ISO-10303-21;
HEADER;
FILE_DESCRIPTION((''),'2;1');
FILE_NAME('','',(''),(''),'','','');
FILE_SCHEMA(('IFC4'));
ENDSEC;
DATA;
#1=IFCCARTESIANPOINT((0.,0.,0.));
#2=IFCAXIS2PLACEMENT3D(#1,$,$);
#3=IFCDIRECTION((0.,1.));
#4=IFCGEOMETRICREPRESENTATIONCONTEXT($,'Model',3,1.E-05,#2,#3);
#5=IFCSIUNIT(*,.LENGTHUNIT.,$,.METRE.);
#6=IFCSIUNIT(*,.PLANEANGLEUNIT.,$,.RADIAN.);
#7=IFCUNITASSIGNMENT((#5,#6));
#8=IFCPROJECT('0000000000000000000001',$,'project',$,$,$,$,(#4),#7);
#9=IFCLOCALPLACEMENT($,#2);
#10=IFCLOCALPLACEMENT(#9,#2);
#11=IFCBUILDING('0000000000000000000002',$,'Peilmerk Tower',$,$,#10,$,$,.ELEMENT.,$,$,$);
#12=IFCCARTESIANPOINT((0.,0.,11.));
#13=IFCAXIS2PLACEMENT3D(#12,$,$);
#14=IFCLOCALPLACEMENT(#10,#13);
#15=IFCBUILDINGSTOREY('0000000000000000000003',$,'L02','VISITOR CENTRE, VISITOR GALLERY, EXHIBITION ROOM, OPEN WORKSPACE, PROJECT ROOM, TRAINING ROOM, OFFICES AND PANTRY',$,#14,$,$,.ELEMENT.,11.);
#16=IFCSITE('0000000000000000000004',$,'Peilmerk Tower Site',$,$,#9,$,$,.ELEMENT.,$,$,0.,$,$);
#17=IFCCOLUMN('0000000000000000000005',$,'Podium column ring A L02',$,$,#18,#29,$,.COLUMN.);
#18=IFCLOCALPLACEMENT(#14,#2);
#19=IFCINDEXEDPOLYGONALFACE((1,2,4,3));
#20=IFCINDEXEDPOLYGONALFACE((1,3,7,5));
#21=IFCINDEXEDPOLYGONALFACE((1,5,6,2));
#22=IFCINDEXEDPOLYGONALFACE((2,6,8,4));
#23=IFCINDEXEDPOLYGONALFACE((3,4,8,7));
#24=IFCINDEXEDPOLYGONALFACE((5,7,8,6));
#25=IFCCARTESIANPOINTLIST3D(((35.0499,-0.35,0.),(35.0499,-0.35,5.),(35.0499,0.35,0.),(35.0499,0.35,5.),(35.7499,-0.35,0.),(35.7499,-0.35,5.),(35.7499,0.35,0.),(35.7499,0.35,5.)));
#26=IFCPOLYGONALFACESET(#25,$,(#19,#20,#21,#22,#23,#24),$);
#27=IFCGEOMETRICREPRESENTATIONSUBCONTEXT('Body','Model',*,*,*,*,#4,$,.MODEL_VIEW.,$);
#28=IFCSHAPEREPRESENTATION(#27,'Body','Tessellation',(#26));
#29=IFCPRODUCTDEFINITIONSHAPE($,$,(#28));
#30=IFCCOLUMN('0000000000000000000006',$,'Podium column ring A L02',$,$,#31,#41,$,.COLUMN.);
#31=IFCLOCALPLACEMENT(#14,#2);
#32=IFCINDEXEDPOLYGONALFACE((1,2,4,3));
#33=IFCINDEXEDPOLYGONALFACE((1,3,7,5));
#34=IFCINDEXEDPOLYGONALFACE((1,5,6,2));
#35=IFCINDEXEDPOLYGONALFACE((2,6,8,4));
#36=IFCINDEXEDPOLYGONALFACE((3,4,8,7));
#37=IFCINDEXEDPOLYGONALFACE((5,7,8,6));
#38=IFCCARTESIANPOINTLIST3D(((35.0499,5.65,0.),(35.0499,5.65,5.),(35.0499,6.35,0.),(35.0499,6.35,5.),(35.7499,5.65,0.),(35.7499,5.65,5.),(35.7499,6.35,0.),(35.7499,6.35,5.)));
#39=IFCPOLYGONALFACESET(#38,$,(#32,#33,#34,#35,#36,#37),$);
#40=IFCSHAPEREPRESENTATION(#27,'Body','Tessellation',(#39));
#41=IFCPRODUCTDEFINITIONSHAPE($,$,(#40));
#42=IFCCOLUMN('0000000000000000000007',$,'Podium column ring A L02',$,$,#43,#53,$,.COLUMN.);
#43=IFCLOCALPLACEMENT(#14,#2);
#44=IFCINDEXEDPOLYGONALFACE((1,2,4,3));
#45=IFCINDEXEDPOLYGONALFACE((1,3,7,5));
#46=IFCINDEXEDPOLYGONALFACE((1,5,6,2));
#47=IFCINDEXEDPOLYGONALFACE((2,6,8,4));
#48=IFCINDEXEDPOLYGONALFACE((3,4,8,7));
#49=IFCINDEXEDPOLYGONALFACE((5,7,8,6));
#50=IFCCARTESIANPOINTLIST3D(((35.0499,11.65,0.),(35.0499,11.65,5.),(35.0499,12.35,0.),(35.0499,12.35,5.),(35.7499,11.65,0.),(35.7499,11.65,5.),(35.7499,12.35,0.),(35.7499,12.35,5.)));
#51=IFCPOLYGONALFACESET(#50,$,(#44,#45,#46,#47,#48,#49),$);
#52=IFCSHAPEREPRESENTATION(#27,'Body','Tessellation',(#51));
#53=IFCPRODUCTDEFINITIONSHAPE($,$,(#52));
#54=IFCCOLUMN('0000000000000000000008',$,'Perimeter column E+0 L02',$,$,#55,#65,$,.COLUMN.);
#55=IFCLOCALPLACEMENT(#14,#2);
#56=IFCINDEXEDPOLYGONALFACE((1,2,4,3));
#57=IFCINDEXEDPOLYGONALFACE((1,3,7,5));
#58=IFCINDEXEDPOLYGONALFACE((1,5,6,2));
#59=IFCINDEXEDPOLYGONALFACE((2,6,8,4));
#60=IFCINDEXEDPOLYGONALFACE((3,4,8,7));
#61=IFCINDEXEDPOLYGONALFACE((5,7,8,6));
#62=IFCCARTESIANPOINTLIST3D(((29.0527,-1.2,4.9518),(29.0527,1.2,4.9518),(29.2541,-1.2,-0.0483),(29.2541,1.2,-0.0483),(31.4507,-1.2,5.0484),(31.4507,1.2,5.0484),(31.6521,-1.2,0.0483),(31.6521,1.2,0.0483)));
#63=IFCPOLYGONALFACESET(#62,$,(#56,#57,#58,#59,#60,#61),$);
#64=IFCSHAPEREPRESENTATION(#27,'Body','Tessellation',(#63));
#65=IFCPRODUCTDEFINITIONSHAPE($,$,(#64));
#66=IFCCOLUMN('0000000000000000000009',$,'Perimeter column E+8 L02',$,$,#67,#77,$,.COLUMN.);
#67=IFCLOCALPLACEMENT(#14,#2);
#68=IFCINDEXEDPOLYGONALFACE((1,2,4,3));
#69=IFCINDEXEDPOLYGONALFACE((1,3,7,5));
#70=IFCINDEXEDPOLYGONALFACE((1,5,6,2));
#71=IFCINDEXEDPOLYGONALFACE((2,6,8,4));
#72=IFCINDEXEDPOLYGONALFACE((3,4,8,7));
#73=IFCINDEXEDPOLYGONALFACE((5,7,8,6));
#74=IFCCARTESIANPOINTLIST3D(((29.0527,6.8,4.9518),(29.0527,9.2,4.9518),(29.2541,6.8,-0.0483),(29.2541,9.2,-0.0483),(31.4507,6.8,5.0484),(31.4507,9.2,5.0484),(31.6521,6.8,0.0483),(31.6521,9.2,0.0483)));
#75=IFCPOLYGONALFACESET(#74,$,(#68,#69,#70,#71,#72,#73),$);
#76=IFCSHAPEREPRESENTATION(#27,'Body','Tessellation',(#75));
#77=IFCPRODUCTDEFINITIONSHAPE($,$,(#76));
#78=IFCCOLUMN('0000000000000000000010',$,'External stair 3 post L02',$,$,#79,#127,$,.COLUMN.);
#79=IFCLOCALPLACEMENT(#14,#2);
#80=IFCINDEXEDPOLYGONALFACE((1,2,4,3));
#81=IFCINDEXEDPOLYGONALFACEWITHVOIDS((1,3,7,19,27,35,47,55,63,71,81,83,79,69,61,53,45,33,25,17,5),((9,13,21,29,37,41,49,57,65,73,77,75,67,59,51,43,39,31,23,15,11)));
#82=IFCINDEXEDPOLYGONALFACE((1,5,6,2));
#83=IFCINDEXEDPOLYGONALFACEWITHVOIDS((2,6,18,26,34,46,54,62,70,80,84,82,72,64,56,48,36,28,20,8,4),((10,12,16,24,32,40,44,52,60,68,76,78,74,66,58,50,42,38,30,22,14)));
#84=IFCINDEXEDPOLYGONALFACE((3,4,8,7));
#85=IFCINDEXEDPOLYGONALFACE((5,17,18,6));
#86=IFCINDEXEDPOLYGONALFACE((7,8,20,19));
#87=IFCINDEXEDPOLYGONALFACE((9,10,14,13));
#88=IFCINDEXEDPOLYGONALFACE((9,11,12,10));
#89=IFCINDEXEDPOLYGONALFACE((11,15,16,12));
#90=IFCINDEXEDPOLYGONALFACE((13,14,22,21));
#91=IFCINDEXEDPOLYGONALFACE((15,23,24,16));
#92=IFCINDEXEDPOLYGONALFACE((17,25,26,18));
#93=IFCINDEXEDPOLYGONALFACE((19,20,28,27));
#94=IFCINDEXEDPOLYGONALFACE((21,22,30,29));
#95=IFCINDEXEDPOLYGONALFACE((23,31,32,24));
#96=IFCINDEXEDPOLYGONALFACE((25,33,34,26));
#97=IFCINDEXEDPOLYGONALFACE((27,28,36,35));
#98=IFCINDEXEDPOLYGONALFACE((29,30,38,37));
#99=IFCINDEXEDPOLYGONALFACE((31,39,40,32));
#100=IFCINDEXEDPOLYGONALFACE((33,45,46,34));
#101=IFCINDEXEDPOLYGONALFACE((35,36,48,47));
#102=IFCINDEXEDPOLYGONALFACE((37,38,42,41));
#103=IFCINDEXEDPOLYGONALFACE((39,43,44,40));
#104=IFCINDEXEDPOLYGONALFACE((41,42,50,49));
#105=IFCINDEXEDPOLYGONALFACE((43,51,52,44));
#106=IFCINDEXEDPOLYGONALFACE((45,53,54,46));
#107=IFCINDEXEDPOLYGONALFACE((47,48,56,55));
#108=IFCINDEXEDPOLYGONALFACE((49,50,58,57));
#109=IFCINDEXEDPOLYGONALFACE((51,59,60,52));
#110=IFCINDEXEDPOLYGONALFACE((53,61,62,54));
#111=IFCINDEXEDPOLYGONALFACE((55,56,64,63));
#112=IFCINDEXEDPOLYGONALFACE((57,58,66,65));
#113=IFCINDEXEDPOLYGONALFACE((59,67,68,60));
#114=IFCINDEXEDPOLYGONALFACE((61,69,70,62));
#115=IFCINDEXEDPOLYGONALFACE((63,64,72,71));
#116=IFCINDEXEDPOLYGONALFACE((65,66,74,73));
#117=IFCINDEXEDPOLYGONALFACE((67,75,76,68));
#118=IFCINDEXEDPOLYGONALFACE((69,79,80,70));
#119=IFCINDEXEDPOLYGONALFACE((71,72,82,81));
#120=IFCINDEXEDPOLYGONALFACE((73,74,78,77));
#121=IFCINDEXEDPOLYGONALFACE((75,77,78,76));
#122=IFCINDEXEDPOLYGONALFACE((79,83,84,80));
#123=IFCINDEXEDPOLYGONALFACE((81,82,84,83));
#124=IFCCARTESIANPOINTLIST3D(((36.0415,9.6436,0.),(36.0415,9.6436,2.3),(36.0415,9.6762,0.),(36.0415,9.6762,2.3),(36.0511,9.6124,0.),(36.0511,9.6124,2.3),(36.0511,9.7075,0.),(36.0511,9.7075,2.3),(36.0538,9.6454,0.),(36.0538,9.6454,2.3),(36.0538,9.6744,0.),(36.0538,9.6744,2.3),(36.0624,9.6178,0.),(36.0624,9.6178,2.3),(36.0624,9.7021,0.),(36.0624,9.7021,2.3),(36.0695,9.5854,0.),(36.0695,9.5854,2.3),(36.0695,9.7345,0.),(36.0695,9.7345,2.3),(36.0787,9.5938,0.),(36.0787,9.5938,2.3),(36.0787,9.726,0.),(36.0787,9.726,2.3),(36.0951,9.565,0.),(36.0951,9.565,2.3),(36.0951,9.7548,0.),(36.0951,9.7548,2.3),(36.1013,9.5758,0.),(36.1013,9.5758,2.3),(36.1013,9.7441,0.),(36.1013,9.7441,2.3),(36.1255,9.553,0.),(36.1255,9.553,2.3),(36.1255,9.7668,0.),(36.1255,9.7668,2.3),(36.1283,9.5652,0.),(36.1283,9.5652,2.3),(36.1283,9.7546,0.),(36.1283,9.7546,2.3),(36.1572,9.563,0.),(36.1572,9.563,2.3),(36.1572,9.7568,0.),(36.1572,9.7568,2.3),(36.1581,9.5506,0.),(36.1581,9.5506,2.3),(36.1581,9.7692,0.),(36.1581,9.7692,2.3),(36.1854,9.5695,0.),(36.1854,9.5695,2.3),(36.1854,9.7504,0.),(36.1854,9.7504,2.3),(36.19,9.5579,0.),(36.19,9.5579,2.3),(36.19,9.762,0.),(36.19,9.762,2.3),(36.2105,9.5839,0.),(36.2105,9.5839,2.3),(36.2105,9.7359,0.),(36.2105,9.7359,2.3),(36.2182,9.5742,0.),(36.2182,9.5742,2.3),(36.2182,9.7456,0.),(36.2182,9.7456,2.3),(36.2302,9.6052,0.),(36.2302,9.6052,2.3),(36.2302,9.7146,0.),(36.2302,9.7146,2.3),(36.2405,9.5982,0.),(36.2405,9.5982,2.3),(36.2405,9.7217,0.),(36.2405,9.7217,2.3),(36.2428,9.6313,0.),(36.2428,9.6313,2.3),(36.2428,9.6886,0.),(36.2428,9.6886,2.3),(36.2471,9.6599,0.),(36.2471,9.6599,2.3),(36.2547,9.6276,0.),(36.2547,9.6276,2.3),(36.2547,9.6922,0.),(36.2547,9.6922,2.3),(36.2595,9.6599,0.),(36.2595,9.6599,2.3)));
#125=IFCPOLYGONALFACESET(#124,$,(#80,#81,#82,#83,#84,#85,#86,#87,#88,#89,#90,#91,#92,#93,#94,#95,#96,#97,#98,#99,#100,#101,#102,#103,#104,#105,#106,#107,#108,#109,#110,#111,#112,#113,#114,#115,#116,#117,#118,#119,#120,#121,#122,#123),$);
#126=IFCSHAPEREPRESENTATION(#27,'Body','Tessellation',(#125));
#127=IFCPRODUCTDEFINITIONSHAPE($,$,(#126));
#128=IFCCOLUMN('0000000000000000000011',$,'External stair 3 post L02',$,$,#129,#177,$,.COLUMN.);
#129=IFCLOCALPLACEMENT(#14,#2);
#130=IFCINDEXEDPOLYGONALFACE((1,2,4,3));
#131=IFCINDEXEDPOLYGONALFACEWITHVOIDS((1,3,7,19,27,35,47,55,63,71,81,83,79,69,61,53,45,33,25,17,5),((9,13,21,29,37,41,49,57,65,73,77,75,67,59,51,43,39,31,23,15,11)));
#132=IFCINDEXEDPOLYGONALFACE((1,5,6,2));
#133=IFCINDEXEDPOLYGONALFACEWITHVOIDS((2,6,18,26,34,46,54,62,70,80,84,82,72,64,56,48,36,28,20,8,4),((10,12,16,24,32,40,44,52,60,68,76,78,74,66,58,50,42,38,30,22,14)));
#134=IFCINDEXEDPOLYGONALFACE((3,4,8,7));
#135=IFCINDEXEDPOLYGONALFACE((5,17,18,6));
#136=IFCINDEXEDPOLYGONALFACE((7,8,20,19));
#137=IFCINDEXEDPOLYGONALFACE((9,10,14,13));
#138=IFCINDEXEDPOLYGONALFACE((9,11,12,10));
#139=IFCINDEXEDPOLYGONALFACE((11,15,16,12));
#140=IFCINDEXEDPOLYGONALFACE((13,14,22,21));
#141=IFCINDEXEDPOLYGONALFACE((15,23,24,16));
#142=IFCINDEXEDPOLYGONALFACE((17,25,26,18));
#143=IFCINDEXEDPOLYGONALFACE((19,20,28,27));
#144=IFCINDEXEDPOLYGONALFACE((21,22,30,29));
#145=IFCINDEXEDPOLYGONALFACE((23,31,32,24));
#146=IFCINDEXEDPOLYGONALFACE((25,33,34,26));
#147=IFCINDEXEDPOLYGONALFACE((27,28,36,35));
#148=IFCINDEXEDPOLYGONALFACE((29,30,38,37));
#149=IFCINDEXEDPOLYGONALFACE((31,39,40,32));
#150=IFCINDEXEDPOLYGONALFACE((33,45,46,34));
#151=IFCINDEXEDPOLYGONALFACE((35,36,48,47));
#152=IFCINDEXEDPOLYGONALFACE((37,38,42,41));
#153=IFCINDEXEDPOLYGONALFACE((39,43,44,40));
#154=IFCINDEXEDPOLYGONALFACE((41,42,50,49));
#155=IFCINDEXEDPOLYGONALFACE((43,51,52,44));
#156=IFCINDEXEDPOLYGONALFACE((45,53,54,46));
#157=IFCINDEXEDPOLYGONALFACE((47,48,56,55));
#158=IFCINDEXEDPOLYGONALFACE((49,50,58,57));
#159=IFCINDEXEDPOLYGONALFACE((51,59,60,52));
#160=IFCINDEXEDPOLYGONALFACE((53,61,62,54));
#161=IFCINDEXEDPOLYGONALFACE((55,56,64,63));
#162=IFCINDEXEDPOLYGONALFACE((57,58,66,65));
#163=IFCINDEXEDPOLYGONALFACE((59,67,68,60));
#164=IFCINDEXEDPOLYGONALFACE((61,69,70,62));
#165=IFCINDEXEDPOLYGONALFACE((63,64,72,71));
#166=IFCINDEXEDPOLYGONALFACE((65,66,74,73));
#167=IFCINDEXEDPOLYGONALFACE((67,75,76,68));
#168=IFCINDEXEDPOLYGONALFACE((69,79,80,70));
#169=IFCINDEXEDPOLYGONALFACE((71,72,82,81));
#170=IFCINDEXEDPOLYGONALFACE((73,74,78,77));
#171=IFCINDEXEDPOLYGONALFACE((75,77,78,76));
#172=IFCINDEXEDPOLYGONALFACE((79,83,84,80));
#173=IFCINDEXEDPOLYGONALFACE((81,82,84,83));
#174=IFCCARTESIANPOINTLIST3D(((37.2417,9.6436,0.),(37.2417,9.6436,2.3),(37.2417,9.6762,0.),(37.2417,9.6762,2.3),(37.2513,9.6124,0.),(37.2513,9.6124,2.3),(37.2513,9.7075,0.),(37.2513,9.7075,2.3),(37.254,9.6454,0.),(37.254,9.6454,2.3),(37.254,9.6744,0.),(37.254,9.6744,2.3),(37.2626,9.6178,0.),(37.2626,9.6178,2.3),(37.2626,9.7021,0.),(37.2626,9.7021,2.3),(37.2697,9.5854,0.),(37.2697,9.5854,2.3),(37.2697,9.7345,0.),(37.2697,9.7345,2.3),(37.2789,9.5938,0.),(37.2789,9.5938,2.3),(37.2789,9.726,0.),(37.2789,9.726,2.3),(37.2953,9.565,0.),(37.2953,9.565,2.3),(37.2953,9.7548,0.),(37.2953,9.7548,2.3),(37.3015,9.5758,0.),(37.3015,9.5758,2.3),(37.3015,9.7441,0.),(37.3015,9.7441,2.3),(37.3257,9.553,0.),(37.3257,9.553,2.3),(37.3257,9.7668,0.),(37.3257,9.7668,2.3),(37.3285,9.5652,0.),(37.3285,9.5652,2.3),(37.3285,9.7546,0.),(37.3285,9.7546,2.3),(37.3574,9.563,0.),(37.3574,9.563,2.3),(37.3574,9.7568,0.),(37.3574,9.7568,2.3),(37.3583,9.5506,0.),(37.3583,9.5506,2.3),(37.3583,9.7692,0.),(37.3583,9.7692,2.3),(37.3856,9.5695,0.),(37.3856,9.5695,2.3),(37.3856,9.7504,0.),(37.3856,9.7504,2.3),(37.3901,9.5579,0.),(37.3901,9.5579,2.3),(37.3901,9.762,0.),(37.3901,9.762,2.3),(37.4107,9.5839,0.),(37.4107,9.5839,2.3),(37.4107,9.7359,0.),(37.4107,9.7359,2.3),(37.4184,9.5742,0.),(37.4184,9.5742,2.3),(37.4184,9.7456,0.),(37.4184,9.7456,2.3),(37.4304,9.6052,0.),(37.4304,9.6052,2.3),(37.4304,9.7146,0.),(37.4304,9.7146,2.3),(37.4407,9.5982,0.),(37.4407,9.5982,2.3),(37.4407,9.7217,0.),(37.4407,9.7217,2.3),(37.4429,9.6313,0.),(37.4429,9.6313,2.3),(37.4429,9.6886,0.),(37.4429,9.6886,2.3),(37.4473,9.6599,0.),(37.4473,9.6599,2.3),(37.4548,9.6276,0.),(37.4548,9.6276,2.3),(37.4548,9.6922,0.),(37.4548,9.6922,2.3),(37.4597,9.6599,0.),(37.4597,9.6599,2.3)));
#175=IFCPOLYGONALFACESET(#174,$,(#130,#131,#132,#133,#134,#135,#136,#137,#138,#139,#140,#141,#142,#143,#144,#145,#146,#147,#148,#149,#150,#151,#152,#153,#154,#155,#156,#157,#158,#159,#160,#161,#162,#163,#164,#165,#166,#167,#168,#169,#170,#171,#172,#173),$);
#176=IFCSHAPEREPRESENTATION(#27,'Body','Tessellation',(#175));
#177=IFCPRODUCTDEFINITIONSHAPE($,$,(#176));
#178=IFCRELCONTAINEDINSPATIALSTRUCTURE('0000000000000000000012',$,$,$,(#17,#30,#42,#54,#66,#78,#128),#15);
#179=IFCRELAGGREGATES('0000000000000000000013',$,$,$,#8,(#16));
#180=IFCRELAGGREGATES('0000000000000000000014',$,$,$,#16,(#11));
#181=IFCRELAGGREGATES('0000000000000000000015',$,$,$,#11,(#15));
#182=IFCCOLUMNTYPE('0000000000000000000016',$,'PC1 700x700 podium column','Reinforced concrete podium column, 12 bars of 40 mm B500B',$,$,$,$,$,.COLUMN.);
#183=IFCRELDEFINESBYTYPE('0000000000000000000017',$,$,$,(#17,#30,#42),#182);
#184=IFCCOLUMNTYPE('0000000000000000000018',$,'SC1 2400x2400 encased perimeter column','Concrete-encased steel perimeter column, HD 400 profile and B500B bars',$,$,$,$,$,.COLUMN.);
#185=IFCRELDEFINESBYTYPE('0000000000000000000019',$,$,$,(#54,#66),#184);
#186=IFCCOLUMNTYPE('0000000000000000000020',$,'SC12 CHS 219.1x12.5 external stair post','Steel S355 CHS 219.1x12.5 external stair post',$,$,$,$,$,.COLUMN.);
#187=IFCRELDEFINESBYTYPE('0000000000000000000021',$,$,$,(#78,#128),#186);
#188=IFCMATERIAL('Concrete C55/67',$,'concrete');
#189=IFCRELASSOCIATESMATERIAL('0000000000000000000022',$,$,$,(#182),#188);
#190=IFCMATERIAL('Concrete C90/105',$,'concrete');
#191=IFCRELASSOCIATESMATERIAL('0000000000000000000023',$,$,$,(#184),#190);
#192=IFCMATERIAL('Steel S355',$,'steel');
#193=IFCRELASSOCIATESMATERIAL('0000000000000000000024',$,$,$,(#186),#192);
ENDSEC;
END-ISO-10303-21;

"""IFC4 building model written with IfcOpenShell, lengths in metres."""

from ifc_helpers import new_model, si_unit, direction, frame, origin, origin_2d, place, context, subcontext, project, spatial, rectangle, hollow_circle, extrude, material, material_profile, profile_set, type_object, element, save


model = new_model("IFC4")

# Units and contexts
model_context = context("Model", 3, precision=1e-05, world=origin(), true_north=direction((0.0, 1.0)))
body_context = subcontext(model_context, "Body", "Model", "MODEL_VIEW")
ifc_project = project(units=[si_unit("LENGTHUNIT", "METRE"), si_unit("PLANEANGLEUNIT", "RADIAN")], contexts=[model_context])

# Site, building, storey
site_placement = place(None, origin())
site = spatial("IfcSite", under=ifc_project, at=site_placement, Name="Peilmerk Tower Site", CompositionType="ELEMENT", RefElevation=0.0)
building_placement = place(site_placement, origin())
building = spatial("IfcBuilding", under=site, at=building_placement, Name="Peilmerk Tower", CompositionType="ELEMENT")
storey_placement = place(building_placement, frame((0.0, 0.0, 11.0)))
storey = spatial("IfcBuildingStorey", under=building, at=storey_placement, Name="L02", Description="VISITOR CENTRE, VISITOR GALLERY, EXHIBITION ROOM, OPEN WORKSPACE, PROJECT ROOM, TRAINING ROOM, OFFICES AND PANTRY", CompositionType="ELEMENT", Elevation=11.0)

# Columns
ifc_material_1 = material(Name="Concrete C55/67", Category="concrete")
ifc_material_profile_1 = material_profile(ifc_material_1, rectangle(XDim=0.7, YDim=0.7, at=origin_2d()), Name="RC 700x700")
ifc_profile_set_1 = profile_set([ifc_material_profile_1], Name="Concrete C55/67")
column_type_1 = type_object("IfcColumnType", Name="PC1 700x700 podium column", Description="Reinforced concrete podium column, 12 bars of 40 mm B500B", PredefinedType="COLUMN", material=ifc_profile_set_1)
for number, where, z_axis, x_axis, name in (
    (1, (35.3999, 0.0, 0.0), (0.0, 0.0, 1.0), (1.0, 0.0, 0.0), "Podium column ring A L02"),
    (2, (35.3999, 6.0, 0.0), (0.0, 0.0, 1.0), (1.0, 0.0, 0.0), "Podium column ring A L02"),
    (3, (35.3999, 12.0, 0.0), (0.0, 0.0, 1.0), (1.0, 0.0, 0.0), "Podium column ring A L02"),
):
    element("IfcColumn", number, at=place(storey_placement, frame(where, z_axis=z_axis, x_axis=x_axis)), inside=storey, type_object=column_type_1, Name=name, PredefinedType="COLUMN", context=body_context, shape_type="SweptSolid", body=[
        extrude(rectangle(XDim=0.7, YDim=0.7, at=origin_2d()), origin(), (0.0, 0.0, 1.0), 5.0),
    ])
ifc_material_2 = material(Name="Concrete C90/105", Category="concrete")
ifc_material_profile_2 = material_profile(ifc_material_2, rectangle(XDim=2.3999, YDim=2.3999, at=origin_2d()), Name="RC 2400x2400")
ifc_profile_set_2 = profile_set([ifc_material_profile_2], Name="Concrete C90/105")
column_type_2 = type_object("IfcColumnType", Name="SC1 2400x2400 encased perimeter column", Description="Concrete-encased steel perimeter column, HD 400 profile and B500B bars", PredefinedType="COLUMN", material=ifc_profile_set_2)
for number, where, z_axis, x_axis, name in (
    (4, (30.4531, 0.0, 0.0), (-0.040251, 0.0, 0.99919), (0.0, -1.0, 0.0), "Perimeter column E+0 L02"),
    (5, (30.4531, 8.0, 0.0), (-0.040251, 0.0, 0.99919), (0.0, -1.0, 0.0), "Perimeter column E+8 L02"),
):
    element("IfcColumn", number, at=place(storey_placement, frame(where, z_axis=z_axis, x_axis=x_axis)), inside=storey, type_object=column_type_2, Name=name, PredefinedType="COLUMN", context=body_context, shape_type="SweptSolid", body=[
        extrude(rectangle(XDim=2.3999, YDim=2.3999, at=origin_2d()), origin(), (0.0, 0.0, 1.0), 5.0042),
    ])
ifc_material_3 = material(Name="Steel S355", Category="steel")
ifc_material_profile_3 = material_profile(ifc_material_3, hollow_circle(Radius=0.1096, WallThickness=0.0125, at=origin_2d()), Name="CHS 219.1x12.5")
ifc_profile_set_3 = profile_set([ifc_material_profile_3], Name="Steel S355")
column_type_3 = type_object("IfcColumnType", Name="SC12 CHS 219.1x12.5 external stair post", Description="Steel S355 CHS 219.1x12.5 external stair post", PredefinedType="COLUMN", material=ifc_profile_set_3)
for number, where, z_axis, x_axis, name in (
    (6, (36.1499, 9.6599, 0.0), (0.0, 0.0, 1.0), (1.0, 0.0, 0.0), "External stair 3 post L02"),
    (7, (37.3501, 9.6599, 0.0), (0.0, 0.0, 1.0), (1.0, 0.0, 0.0), "External stair 3 post L02"),
):
    element("IfcColumn", number, at=place(storey_placement, frame(where, z_axis=z_axis, x_axis=x_axis)), inside=storey, type_object=column_type_3, Name=name, PredefinedType="COLUMN", context=body_context, shape_type="SweptSolid", body=[
        extrude(hollow_circle(Radius=0.1096, WallThickness=0.0125, at=origin_2d()), origin(), (0.0, 0.0, 1.0), 2.3),
    ])

save(model, "model.ifc")
